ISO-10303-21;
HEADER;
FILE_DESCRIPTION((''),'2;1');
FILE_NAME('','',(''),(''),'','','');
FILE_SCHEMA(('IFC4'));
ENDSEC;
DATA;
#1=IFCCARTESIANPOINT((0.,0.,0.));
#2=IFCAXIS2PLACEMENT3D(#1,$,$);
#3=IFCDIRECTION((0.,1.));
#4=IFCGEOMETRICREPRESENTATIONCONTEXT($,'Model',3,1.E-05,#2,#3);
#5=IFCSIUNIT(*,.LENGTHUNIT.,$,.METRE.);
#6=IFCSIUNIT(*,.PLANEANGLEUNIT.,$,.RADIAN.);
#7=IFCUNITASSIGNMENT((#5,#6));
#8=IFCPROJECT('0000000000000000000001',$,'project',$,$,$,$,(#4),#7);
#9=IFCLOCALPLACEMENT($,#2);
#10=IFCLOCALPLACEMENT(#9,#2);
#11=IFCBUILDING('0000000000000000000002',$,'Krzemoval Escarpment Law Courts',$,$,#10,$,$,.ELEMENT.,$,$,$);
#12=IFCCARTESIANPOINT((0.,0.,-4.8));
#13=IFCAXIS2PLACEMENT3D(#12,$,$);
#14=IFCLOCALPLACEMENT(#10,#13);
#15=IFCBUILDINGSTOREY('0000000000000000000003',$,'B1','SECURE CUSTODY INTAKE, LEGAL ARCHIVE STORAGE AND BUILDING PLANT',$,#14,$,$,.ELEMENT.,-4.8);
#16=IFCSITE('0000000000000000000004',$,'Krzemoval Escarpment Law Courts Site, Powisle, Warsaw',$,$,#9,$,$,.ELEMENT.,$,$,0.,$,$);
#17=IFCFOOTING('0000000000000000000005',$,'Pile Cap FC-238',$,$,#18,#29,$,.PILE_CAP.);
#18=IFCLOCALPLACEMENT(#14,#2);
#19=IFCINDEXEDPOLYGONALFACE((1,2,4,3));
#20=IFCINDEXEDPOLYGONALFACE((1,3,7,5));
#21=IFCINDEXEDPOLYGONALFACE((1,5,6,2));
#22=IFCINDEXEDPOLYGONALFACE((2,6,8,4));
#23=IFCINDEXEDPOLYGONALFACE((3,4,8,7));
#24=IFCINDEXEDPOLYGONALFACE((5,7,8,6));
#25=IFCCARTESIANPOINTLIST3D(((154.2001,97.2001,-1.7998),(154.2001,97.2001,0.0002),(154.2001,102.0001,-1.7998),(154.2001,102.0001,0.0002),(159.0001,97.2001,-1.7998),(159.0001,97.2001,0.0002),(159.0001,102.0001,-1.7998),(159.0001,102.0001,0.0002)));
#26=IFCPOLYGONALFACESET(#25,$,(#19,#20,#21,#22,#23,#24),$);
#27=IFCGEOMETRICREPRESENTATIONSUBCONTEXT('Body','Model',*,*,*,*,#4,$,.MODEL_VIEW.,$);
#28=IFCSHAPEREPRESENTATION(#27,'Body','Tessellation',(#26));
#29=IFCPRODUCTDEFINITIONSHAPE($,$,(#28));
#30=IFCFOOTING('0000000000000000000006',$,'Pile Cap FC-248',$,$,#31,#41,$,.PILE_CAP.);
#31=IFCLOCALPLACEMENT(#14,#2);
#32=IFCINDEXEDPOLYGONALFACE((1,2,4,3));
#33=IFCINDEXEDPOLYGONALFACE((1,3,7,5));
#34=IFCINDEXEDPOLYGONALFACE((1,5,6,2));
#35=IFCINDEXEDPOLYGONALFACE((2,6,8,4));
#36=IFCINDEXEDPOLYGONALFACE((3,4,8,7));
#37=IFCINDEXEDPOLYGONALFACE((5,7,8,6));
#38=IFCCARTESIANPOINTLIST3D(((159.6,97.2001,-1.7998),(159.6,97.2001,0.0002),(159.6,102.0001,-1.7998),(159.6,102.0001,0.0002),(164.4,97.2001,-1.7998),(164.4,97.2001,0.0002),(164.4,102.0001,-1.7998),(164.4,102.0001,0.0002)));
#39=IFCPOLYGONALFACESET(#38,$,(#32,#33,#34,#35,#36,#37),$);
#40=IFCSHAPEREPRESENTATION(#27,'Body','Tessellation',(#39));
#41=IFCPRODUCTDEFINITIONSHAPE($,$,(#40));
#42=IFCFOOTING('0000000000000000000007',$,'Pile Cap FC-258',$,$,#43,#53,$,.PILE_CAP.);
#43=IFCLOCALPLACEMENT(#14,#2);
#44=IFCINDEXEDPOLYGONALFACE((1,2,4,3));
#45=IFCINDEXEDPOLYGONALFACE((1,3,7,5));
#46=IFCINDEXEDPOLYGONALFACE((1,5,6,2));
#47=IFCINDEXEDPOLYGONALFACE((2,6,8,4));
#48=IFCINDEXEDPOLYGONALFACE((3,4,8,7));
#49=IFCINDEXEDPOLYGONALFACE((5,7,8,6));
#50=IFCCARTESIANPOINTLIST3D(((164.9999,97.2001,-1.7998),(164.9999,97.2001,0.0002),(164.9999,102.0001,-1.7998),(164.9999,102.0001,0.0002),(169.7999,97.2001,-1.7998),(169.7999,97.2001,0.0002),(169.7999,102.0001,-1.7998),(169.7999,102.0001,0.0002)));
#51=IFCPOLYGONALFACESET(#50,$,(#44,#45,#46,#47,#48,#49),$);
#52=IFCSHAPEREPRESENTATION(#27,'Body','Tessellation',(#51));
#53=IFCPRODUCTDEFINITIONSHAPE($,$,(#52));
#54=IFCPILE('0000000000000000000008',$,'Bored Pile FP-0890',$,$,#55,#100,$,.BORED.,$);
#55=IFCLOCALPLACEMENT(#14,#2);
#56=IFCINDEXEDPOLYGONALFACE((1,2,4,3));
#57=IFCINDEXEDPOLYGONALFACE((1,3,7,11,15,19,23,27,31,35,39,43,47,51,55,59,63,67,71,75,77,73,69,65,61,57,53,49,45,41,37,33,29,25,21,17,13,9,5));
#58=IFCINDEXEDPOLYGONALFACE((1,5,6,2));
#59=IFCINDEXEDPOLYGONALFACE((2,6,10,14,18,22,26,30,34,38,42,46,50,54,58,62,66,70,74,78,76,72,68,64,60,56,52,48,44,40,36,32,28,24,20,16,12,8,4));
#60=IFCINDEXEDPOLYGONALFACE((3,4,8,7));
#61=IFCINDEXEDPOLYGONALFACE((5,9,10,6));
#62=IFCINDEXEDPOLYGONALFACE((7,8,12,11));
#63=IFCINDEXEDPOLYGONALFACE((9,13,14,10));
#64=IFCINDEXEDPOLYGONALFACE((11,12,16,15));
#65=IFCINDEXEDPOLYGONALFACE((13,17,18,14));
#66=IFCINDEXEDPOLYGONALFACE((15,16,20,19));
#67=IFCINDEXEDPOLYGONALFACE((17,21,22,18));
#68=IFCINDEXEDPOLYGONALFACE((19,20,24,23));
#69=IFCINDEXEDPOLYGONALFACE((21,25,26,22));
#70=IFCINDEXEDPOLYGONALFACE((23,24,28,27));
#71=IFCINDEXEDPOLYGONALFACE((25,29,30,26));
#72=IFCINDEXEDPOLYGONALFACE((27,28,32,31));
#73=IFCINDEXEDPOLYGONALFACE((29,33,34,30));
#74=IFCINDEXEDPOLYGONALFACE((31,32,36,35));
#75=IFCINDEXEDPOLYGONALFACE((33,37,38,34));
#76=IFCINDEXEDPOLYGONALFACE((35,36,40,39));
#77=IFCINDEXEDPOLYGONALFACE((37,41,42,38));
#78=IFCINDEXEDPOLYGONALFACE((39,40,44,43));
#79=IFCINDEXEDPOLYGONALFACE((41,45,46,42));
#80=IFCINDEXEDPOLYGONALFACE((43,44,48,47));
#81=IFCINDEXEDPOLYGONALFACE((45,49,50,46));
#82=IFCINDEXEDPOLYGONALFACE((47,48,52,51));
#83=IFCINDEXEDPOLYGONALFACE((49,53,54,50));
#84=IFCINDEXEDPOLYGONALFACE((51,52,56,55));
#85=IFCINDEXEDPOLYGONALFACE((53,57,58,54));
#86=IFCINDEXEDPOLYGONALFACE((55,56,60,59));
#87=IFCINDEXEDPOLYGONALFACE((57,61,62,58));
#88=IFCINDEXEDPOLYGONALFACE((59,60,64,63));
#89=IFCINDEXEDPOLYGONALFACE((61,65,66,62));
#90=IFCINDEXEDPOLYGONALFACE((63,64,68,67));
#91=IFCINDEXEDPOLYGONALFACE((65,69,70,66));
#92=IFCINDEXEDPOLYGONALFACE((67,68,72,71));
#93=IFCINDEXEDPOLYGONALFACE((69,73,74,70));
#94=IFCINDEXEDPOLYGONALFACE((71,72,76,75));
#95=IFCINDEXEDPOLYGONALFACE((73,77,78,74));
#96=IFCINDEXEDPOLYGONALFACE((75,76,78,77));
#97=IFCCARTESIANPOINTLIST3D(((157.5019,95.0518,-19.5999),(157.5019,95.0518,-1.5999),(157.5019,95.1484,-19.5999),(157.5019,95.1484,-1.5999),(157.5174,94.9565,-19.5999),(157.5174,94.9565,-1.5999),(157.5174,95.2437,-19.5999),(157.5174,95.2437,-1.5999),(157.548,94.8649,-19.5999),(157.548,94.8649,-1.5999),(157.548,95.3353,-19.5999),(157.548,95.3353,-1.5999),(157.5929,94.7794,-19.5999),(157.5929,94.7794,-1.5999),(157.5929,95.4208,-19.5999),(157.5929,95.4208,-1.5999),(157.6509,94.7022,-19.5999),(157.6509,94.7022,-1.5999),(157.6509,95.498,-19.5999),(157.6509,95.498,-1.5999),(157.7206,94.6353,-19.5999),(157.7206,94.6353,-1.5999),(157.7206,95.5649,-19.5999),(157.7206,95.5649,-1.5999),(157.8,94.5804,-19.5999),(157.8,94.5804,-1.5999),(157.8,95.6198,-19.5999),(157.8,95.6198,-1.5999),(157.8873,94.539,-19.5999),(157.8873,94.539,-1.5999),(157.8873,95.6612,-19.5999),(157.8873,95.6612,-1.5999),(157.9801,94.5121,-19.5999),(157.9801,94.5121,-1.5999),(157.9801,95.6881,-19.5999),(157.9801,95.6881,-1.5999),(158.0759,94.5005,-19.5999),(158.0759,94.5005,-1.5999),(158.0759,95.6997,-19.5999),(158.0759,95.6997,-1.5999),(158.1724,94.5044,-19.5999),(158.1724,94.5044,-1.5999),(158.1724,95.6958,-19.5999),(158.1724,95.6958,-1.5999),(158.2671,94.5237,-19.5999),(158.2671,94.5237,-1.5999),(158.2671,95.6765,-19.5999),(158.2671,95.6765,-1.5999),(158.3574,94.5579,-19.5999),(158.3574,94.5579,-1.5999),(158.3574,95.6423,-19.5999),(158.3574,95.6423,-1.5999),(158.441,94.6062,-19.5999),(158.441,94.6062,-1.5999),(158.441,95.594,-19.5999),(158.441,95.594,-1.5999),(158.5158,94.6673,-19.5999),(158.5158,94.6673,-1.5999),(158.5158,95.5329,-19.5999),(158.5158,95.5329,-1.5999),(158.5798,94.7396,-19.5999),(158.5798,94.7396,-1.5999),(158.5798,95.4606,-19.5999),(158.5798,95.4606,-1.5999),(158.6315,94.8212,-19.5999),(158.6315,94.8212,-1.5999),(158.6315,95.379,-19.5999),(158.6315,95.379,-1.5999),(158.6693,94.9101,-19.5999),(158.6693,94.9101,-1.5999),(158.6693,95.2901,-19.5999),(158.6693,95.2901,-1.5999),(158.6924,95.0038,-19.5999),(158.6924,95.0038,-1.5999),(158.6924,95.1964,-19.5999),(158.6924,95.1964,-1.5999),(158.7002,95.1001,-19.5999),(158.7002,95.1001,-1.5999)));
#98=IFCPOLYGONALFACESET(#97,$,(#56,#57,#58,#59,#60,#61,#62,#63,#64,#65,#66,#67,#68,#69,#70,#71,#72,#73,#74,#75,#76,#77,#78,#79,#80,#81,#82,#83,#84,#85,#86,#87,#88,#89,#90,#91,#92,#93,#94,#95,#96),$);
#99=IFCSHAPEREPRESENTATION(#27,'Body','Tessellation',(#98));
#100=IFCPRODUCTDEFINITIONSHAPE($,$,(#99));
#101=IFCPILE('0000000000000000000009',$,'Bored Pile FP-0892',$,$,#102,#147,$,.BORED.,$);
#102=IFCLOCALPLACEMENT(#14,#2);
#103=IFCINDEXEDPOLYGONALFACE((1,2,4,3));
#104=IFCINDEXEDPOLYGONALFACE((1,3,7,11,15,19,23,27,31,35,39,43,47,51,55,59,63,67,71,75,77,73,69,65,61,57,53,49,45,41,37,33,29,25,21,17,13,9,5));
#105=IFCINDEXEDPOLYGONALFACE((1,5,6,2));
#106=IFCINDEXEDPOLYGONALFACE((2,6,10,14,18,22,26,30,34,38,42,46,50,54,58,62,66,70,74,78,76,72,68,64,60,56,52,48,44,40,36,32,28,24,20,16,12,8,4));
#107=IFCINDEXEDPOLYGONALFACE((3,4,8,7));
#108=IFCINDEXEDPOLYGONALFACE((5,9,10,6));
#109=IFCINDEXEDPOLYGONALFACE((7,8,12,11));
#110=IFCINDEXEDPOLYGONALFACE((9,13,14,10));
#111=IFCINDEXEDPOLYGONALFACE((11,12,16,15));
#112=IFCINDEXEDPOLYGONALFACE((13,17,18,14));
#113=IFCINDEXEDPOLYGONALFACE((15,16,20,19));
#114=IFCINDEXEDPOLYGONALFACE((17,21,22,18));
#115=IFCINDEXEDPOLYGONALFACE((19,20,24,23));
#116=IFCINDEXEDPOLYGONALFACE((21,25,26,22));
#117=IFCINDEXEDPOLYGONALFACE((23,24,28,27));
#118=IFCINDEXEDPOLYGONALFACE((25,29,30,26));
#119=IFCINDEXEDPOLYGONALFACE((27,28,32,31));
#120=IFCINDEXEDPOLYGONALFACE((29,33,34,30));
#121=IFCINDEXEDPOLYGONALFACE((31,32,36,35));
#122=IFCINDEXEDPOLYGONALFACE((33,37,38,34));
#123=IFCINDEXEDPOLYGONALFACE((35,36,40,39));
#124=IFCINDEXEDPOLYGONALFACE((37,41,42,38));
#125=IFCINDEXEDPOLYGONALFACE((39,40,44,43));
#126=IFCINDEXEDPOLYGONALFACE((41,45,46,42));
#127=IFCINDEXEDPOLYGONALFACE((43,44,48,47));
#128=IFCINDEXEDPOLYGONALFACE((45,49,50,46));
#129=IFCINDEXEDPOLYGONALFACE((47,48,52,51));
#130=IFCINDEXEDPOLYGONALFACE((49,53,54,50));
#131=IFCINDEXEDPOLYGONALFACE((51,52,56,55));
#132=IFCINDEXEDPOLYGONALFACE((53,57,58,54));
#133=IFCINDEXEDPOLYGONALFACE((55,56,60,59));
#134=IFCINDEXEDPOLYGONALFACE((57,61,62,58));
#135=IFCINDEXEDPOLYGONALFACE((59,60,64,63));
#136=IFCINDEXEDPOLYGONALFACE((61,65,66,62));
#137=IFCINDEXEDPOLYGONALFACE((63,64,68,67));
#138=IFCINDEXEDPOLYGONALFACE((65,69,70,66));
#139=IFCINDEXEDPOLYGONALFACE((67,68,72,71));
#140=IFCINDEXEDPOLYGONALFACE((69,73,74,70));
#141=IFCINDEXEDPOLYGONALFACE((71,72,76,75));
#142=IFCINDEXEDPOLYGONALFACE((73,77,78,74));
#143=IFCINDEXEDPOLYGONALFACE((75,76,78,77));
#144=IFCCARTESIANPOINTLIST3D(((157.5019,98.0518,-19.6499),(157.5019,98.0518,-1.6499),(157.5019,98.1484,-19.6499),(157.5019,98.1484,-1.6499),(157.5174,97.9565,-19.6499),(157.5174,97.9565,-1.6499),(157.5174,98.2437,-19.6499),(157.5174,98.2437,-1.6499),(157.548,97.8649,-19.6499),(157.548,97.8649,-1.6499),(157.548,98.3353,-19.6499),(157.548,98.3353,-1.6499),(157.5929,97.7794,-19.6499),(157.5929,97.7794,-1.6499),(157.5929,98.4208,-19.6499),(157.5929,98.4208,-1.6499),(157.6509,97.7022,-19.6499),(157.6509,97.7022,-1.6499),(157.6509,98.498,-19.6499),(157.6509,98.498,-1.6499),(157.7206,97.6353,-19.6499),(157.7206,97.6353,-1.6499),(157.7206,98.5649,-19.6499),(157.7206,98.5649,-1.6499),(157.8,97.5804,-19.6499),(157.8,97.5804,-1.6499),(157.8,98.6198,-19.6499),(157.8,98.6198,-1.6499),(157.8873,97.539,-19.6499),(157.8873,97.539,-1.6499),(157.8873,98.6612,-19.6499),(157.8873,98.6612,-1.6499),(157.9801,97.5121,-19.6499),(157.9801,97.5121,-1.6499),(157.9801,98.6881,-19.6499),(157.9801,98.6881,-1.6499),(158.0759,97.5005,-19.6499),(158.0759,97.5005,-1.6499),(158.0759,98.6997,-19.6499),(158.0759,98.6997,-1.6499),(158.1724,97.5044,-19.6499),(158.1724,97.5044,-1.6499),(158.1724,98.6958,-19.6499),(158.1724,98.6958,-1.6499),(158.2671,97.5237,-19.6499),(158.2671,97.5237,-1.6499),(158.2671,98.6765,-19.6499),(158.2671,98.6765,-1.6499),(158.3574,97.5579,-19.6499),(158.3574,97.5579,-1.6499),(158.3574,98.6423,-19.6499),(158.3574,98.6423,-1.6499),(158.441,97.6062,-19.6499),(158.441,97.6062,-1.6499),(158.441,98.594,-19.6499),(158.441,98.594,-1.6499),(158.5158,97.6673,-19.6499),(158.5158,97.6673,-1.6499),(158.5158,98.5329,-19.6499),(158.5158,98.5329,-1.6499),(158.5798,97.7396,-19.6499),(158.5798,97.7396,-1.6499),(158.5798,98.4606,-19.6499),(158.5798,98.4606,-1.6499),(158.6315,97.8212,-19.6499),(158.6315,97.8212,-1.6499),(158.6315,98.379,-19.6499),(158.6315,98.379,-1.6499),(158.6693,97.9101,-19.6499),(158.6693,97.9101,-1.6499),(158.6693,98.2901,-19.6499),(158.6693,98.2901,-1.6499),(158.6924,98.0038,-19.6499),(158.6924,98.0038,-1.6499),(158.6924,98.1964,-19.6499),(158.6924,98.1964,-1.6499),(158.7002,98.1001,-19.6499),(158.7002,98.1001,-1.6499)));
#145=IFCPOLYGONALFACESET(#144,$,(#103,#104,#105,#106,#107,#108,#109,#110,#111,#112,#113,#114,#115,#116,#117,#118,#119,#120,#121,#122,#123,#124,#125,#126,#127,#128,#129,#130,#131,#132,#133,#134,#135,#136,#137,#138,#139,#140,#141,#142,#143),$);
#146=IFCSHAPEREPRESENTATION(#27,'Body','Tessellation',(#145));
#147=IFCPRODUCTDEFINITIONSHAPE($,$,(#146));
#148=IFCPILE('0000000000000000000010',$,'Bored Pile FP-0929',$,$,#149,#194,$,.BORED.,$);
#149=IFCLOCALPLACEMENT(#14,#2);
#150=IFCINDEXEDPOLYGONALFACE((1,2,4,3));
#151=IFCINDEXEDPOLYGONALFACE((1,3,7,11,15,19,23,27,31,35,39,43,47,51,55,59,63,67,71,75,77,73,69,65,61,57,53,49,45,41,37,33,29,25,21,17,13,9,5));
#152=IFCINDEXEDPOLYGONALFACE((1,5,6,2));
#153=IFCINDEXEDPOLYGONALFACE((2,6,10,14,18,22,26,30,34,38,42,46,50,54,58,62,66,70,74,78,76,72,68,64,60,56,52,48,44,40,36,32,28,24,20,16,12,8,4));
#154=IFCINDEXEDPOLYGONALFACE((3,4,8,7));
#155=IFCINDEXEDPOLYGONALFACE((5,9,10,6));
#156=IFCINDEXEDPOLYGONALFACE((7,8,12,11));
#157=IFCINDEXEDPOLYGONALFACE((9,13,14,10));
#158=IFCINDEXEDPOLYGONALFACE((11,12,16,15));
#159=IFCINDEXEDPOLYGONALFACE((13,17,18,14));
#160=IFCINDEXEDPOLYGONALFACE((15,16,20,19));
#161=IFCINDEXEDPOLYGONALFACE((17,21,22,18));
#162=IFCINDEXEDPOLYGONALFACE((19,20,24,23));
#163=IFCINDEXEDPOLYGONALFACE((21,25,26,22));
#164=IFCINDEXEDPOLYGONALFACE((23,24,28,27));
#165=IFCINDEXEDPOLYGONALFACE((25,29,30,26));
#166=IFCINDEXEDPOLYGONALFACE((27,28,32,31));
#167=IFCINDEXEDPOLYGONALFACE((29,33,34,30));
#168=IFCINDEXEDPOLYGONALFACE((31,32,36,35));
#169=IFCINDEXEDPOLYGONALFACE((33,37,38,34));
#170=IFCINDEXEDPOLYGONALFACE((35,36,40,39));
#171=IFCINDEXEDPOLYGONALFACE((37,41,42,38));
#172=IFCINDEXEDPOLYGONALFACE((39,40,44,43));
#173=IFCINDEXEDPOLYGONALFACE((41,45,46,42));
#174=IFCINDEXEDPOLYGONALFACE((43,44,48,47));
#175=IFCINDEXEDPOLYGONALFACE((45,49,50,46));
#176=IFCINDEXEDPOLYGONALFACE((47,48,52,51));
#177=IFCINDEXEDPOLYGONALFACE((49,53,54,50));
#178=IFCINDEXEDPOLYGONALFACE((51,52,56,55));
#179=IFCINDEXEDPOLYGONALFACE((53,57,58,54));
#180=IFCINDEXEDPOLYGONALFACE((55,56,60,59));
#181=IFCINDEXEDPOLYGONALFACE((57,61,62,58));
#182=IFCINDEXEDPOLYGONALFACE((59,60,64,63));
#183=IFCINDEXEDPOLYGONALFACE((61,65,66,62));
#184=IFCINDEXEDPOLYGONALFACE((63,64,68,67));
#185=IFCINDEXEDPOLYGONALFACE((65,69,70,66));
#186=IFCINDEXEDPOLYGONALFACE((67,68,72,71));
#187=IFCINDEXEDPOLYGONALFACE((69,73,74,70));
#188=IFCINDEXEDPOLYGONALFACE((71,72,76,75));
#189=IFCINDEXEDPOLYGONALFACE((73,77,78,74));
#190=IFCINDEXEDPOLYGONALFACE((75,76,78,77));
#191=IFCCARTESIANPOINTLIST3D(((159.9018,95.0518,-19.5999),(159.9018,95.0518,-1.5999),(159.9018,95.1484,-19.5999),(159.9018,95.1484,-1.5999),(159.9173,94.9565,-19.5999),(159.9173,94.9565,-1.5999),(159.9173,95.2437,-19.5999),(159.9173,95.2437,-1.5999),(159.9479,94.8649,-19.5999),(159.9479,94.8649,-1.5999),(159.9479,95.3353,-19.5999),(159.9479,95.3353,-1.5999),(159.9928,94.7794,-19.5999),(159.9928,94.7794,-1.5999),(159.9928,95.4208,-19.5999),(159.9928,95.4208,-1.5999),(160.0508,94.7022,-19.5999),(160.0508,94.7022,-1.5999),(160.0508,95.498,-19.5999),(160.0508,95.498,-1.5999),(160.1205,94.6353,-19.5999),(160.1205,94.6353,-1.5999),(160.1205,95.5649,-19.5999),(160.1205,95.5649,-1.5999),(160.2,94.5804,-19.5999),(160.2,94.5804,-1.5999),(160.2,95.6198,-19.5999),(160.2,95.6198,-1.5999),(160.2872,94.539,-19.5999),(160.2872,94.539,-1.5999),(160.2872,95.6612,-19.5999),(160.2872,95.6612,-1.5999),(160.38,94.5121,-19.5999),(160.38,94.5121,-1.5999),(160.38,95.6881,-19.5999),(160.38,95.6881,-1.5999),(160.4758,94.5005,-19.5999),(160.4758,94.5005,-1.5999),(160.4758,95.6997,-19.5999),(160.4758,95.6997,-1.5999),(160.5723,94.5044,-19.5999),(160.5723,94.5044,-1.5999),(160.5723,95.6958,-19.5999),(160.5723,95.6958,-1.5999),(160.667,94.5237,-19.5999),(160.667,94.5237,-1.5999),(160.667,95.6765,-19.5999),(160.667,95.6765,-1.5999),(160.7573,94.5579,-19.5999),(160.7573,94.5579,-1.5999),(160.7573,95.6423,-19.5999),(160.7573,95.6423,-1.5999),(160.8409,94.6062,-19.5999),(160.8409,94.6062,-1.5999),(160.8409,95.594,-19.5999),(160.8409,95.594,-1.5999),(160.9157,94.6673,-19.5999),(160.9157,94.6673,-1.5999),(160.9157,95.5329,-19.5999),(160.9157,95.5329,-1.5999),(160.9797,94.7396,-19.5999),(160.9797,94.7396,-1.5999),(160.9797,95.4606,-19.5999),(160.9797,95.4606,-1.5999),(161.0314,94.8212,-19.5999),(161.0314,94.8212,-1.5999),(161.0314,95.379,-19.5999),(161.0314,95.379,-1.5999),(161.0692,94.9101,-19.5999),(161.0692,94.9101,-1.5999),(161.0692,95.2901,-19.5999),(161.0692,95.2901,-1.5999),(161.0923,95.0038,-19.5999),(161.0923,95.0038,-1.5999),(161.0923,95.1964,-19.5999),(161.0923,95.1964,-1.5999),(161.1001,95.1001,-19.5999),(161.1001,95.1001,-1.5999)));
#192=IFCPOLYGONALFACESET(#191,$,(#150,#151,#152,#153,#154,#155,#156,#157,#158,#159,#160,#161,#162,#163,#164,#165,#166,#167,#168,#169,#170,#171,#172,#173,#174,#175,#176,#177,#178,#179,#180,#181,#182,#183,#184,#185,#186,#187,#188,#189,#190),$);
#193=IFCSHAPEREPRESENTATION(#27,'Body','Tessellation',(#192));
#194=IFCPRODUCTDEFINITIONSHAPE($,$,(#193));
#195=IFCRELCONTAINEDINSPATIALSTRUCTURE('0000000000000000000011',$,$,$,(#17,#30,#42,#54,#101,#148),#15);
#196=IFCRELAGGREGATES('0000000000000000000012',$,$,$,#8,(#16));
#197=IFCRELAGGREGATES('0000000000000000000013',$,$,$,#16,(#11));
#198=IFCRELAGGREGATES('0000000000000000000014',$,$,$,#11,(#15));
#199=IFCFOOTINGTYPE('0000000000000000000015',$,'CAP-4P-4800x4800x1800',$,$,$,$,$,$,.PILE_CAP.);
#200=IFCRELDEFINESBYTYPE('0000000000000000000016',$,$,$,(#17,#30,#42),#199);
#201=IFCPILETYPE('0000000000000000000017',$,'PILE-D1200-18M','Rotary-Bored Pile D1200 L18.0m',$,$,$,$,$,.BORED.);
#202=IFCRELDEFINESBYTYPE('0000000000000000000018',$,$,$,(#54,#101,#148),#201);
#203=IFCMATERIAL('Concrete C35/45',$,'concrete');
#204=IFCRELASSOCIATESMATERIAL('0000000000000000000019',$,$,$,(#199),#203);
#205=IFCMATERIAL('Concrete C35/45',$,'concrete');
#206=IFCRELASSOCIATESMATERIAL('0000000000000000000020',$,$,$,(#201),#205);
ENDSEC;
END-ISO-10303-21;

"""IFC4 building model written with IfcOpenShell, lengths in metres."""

from ifc_helpers import new_model, si_unit, direction, frame, origin, origin_2d, place, context, subcontext, project, spatial, rectangle, circle, extrude, material, material_profile, profile_set, type_object, element, save


model = new_model("IFC4")

# Units and contexts
model_context = context("Model", 3, precision=1e-05, world=origin(), true_north=direction((0.0, 1.0)))
body_context = subcontext(model_context, "Body", "Model", "MODEL_VIEW")
ifc_project = project(units=[si_unit("LENGTHUNIT", "METRE"), si_unit("PLANEANGLEUNIT", "RADIAN")], contexts=[model_context])

# Site, building, storey
site_placement = place(None, origin())
site = spatial("IfcSite", under=ifc_project, at=site_placement, Name="Krzemoval Escarpment Law Courts Site, Powisle, Warsaw", CompositionType="ELEMENT", RefElevation=0.0)
building_placement = place(site_placement, origin())
building = spatial("IfcBuilding", under=site, at=building_placement, Name="Krzemoval Escarpment Law Courts", CompositionType="ELEMENT")
storey_placement = place(building_placement, frame((0.0, 0.0, -4.8)))
storey = spatial("IfcBuildingStorey", under=building, at=storey_placement, Name="B1", Description="SECURE CUSTODY INTAKE, LEGAL ARCHIVE STORAGE AND BUILDING PLANT", CompositionType="ELEMENT", Elevation=-4.8)

# Footings
ifc_material_1 = material(Name="Concrete C35/45", Category="concrete")
footing_type = type_object("IfcFootingType", Name="CAP-4P-4800x4800x1800", PredefinedType="PILE_CAP", material=ifc_material_1)
for number, where, z_axis, x_axis, name in (
    (1, (156.6001, 99.6001, -1.7998), (0.0, 0.0, 1.0), (1.0, 0.0, 0.0), "Pile Cap FC-238"),
    (2, (162.0, 99.6001, -1.7998), (0.0, 0.0, 1.0), (1.0, 0.0, 0.0), "Pile Cap FC-248"),
    (3, (167.3999, 99.6001, -1.7998), (0.0, 0.0, 1.0), (1.0, 0.0, 0.0), "Pile Cap FC-258"),
):
    element("IfcFooting", number, at=place(storey_placement, frame(where, z_axis=z_axis, x_axis=x_axis)), inside=storey, type_object=footing_type, Name=name, PredefinedType="PILE_CAP", context=body_context, shape_type="SweptSolid", body=[
        extrude(rectangle(XDim=4.8, YDim=4.8, at=origin_2d()), origin(), (0.0, 0.0, 1.0), 1.8),
    ])

# Piles
ifc_material_2 = material(Name="Concrete C35/45", Category="concrete")
ifc_material_profile_1 = material_profile(ifc_material_2, circle(Radius=0.6001, at=origin_2d()), Name="PILE D1200")
ifc_profile_set_1 = profile_set([ifc_material_profile_1], Name="Concrete C35/45")
pile_type = type_object("IfcPileType", Name="PILE-D1200-18M", Description="Rotary-Bored Pile D1200 L18.0m", PredefinedType="BORED", material=ifc_profile_set_1)
for number, where, z_axis, x_axis, name in (
    (4, (158.1001, 95.1001, -1.5999), (0.0, 0.0, -1.0), (1.0, 0.0, 0.0), "Bored Pile FP-0890"),
    (5, (158.1001, 98.1001, -1.6499), (0.0, 0.0, -1.0), (1.0, 0.0, 0.0), "Bored Pile FP-0892"),
    (6, (160.5, 95.1001, -1.5999), (0.0, 0.0, -1.0), (1.0, 0.0, 0.0), "Bored Pile FP-0929"),
):
    element("IfcPile", number, at=place(storey_placement, frame(where, z_axis=z_axis, x_axis=x_axis)), inside=storey, type_object=pile_type, Name=name, PredefinedType="BORED", context=body_context, shape_type="SweptSolid", body=[
        extrude(circle(Radius=0.6001, at=origin_2d()), origin(), (0.0, 0.0, 1.0), 18.0),
    ])

save(model, "model.ifc")
